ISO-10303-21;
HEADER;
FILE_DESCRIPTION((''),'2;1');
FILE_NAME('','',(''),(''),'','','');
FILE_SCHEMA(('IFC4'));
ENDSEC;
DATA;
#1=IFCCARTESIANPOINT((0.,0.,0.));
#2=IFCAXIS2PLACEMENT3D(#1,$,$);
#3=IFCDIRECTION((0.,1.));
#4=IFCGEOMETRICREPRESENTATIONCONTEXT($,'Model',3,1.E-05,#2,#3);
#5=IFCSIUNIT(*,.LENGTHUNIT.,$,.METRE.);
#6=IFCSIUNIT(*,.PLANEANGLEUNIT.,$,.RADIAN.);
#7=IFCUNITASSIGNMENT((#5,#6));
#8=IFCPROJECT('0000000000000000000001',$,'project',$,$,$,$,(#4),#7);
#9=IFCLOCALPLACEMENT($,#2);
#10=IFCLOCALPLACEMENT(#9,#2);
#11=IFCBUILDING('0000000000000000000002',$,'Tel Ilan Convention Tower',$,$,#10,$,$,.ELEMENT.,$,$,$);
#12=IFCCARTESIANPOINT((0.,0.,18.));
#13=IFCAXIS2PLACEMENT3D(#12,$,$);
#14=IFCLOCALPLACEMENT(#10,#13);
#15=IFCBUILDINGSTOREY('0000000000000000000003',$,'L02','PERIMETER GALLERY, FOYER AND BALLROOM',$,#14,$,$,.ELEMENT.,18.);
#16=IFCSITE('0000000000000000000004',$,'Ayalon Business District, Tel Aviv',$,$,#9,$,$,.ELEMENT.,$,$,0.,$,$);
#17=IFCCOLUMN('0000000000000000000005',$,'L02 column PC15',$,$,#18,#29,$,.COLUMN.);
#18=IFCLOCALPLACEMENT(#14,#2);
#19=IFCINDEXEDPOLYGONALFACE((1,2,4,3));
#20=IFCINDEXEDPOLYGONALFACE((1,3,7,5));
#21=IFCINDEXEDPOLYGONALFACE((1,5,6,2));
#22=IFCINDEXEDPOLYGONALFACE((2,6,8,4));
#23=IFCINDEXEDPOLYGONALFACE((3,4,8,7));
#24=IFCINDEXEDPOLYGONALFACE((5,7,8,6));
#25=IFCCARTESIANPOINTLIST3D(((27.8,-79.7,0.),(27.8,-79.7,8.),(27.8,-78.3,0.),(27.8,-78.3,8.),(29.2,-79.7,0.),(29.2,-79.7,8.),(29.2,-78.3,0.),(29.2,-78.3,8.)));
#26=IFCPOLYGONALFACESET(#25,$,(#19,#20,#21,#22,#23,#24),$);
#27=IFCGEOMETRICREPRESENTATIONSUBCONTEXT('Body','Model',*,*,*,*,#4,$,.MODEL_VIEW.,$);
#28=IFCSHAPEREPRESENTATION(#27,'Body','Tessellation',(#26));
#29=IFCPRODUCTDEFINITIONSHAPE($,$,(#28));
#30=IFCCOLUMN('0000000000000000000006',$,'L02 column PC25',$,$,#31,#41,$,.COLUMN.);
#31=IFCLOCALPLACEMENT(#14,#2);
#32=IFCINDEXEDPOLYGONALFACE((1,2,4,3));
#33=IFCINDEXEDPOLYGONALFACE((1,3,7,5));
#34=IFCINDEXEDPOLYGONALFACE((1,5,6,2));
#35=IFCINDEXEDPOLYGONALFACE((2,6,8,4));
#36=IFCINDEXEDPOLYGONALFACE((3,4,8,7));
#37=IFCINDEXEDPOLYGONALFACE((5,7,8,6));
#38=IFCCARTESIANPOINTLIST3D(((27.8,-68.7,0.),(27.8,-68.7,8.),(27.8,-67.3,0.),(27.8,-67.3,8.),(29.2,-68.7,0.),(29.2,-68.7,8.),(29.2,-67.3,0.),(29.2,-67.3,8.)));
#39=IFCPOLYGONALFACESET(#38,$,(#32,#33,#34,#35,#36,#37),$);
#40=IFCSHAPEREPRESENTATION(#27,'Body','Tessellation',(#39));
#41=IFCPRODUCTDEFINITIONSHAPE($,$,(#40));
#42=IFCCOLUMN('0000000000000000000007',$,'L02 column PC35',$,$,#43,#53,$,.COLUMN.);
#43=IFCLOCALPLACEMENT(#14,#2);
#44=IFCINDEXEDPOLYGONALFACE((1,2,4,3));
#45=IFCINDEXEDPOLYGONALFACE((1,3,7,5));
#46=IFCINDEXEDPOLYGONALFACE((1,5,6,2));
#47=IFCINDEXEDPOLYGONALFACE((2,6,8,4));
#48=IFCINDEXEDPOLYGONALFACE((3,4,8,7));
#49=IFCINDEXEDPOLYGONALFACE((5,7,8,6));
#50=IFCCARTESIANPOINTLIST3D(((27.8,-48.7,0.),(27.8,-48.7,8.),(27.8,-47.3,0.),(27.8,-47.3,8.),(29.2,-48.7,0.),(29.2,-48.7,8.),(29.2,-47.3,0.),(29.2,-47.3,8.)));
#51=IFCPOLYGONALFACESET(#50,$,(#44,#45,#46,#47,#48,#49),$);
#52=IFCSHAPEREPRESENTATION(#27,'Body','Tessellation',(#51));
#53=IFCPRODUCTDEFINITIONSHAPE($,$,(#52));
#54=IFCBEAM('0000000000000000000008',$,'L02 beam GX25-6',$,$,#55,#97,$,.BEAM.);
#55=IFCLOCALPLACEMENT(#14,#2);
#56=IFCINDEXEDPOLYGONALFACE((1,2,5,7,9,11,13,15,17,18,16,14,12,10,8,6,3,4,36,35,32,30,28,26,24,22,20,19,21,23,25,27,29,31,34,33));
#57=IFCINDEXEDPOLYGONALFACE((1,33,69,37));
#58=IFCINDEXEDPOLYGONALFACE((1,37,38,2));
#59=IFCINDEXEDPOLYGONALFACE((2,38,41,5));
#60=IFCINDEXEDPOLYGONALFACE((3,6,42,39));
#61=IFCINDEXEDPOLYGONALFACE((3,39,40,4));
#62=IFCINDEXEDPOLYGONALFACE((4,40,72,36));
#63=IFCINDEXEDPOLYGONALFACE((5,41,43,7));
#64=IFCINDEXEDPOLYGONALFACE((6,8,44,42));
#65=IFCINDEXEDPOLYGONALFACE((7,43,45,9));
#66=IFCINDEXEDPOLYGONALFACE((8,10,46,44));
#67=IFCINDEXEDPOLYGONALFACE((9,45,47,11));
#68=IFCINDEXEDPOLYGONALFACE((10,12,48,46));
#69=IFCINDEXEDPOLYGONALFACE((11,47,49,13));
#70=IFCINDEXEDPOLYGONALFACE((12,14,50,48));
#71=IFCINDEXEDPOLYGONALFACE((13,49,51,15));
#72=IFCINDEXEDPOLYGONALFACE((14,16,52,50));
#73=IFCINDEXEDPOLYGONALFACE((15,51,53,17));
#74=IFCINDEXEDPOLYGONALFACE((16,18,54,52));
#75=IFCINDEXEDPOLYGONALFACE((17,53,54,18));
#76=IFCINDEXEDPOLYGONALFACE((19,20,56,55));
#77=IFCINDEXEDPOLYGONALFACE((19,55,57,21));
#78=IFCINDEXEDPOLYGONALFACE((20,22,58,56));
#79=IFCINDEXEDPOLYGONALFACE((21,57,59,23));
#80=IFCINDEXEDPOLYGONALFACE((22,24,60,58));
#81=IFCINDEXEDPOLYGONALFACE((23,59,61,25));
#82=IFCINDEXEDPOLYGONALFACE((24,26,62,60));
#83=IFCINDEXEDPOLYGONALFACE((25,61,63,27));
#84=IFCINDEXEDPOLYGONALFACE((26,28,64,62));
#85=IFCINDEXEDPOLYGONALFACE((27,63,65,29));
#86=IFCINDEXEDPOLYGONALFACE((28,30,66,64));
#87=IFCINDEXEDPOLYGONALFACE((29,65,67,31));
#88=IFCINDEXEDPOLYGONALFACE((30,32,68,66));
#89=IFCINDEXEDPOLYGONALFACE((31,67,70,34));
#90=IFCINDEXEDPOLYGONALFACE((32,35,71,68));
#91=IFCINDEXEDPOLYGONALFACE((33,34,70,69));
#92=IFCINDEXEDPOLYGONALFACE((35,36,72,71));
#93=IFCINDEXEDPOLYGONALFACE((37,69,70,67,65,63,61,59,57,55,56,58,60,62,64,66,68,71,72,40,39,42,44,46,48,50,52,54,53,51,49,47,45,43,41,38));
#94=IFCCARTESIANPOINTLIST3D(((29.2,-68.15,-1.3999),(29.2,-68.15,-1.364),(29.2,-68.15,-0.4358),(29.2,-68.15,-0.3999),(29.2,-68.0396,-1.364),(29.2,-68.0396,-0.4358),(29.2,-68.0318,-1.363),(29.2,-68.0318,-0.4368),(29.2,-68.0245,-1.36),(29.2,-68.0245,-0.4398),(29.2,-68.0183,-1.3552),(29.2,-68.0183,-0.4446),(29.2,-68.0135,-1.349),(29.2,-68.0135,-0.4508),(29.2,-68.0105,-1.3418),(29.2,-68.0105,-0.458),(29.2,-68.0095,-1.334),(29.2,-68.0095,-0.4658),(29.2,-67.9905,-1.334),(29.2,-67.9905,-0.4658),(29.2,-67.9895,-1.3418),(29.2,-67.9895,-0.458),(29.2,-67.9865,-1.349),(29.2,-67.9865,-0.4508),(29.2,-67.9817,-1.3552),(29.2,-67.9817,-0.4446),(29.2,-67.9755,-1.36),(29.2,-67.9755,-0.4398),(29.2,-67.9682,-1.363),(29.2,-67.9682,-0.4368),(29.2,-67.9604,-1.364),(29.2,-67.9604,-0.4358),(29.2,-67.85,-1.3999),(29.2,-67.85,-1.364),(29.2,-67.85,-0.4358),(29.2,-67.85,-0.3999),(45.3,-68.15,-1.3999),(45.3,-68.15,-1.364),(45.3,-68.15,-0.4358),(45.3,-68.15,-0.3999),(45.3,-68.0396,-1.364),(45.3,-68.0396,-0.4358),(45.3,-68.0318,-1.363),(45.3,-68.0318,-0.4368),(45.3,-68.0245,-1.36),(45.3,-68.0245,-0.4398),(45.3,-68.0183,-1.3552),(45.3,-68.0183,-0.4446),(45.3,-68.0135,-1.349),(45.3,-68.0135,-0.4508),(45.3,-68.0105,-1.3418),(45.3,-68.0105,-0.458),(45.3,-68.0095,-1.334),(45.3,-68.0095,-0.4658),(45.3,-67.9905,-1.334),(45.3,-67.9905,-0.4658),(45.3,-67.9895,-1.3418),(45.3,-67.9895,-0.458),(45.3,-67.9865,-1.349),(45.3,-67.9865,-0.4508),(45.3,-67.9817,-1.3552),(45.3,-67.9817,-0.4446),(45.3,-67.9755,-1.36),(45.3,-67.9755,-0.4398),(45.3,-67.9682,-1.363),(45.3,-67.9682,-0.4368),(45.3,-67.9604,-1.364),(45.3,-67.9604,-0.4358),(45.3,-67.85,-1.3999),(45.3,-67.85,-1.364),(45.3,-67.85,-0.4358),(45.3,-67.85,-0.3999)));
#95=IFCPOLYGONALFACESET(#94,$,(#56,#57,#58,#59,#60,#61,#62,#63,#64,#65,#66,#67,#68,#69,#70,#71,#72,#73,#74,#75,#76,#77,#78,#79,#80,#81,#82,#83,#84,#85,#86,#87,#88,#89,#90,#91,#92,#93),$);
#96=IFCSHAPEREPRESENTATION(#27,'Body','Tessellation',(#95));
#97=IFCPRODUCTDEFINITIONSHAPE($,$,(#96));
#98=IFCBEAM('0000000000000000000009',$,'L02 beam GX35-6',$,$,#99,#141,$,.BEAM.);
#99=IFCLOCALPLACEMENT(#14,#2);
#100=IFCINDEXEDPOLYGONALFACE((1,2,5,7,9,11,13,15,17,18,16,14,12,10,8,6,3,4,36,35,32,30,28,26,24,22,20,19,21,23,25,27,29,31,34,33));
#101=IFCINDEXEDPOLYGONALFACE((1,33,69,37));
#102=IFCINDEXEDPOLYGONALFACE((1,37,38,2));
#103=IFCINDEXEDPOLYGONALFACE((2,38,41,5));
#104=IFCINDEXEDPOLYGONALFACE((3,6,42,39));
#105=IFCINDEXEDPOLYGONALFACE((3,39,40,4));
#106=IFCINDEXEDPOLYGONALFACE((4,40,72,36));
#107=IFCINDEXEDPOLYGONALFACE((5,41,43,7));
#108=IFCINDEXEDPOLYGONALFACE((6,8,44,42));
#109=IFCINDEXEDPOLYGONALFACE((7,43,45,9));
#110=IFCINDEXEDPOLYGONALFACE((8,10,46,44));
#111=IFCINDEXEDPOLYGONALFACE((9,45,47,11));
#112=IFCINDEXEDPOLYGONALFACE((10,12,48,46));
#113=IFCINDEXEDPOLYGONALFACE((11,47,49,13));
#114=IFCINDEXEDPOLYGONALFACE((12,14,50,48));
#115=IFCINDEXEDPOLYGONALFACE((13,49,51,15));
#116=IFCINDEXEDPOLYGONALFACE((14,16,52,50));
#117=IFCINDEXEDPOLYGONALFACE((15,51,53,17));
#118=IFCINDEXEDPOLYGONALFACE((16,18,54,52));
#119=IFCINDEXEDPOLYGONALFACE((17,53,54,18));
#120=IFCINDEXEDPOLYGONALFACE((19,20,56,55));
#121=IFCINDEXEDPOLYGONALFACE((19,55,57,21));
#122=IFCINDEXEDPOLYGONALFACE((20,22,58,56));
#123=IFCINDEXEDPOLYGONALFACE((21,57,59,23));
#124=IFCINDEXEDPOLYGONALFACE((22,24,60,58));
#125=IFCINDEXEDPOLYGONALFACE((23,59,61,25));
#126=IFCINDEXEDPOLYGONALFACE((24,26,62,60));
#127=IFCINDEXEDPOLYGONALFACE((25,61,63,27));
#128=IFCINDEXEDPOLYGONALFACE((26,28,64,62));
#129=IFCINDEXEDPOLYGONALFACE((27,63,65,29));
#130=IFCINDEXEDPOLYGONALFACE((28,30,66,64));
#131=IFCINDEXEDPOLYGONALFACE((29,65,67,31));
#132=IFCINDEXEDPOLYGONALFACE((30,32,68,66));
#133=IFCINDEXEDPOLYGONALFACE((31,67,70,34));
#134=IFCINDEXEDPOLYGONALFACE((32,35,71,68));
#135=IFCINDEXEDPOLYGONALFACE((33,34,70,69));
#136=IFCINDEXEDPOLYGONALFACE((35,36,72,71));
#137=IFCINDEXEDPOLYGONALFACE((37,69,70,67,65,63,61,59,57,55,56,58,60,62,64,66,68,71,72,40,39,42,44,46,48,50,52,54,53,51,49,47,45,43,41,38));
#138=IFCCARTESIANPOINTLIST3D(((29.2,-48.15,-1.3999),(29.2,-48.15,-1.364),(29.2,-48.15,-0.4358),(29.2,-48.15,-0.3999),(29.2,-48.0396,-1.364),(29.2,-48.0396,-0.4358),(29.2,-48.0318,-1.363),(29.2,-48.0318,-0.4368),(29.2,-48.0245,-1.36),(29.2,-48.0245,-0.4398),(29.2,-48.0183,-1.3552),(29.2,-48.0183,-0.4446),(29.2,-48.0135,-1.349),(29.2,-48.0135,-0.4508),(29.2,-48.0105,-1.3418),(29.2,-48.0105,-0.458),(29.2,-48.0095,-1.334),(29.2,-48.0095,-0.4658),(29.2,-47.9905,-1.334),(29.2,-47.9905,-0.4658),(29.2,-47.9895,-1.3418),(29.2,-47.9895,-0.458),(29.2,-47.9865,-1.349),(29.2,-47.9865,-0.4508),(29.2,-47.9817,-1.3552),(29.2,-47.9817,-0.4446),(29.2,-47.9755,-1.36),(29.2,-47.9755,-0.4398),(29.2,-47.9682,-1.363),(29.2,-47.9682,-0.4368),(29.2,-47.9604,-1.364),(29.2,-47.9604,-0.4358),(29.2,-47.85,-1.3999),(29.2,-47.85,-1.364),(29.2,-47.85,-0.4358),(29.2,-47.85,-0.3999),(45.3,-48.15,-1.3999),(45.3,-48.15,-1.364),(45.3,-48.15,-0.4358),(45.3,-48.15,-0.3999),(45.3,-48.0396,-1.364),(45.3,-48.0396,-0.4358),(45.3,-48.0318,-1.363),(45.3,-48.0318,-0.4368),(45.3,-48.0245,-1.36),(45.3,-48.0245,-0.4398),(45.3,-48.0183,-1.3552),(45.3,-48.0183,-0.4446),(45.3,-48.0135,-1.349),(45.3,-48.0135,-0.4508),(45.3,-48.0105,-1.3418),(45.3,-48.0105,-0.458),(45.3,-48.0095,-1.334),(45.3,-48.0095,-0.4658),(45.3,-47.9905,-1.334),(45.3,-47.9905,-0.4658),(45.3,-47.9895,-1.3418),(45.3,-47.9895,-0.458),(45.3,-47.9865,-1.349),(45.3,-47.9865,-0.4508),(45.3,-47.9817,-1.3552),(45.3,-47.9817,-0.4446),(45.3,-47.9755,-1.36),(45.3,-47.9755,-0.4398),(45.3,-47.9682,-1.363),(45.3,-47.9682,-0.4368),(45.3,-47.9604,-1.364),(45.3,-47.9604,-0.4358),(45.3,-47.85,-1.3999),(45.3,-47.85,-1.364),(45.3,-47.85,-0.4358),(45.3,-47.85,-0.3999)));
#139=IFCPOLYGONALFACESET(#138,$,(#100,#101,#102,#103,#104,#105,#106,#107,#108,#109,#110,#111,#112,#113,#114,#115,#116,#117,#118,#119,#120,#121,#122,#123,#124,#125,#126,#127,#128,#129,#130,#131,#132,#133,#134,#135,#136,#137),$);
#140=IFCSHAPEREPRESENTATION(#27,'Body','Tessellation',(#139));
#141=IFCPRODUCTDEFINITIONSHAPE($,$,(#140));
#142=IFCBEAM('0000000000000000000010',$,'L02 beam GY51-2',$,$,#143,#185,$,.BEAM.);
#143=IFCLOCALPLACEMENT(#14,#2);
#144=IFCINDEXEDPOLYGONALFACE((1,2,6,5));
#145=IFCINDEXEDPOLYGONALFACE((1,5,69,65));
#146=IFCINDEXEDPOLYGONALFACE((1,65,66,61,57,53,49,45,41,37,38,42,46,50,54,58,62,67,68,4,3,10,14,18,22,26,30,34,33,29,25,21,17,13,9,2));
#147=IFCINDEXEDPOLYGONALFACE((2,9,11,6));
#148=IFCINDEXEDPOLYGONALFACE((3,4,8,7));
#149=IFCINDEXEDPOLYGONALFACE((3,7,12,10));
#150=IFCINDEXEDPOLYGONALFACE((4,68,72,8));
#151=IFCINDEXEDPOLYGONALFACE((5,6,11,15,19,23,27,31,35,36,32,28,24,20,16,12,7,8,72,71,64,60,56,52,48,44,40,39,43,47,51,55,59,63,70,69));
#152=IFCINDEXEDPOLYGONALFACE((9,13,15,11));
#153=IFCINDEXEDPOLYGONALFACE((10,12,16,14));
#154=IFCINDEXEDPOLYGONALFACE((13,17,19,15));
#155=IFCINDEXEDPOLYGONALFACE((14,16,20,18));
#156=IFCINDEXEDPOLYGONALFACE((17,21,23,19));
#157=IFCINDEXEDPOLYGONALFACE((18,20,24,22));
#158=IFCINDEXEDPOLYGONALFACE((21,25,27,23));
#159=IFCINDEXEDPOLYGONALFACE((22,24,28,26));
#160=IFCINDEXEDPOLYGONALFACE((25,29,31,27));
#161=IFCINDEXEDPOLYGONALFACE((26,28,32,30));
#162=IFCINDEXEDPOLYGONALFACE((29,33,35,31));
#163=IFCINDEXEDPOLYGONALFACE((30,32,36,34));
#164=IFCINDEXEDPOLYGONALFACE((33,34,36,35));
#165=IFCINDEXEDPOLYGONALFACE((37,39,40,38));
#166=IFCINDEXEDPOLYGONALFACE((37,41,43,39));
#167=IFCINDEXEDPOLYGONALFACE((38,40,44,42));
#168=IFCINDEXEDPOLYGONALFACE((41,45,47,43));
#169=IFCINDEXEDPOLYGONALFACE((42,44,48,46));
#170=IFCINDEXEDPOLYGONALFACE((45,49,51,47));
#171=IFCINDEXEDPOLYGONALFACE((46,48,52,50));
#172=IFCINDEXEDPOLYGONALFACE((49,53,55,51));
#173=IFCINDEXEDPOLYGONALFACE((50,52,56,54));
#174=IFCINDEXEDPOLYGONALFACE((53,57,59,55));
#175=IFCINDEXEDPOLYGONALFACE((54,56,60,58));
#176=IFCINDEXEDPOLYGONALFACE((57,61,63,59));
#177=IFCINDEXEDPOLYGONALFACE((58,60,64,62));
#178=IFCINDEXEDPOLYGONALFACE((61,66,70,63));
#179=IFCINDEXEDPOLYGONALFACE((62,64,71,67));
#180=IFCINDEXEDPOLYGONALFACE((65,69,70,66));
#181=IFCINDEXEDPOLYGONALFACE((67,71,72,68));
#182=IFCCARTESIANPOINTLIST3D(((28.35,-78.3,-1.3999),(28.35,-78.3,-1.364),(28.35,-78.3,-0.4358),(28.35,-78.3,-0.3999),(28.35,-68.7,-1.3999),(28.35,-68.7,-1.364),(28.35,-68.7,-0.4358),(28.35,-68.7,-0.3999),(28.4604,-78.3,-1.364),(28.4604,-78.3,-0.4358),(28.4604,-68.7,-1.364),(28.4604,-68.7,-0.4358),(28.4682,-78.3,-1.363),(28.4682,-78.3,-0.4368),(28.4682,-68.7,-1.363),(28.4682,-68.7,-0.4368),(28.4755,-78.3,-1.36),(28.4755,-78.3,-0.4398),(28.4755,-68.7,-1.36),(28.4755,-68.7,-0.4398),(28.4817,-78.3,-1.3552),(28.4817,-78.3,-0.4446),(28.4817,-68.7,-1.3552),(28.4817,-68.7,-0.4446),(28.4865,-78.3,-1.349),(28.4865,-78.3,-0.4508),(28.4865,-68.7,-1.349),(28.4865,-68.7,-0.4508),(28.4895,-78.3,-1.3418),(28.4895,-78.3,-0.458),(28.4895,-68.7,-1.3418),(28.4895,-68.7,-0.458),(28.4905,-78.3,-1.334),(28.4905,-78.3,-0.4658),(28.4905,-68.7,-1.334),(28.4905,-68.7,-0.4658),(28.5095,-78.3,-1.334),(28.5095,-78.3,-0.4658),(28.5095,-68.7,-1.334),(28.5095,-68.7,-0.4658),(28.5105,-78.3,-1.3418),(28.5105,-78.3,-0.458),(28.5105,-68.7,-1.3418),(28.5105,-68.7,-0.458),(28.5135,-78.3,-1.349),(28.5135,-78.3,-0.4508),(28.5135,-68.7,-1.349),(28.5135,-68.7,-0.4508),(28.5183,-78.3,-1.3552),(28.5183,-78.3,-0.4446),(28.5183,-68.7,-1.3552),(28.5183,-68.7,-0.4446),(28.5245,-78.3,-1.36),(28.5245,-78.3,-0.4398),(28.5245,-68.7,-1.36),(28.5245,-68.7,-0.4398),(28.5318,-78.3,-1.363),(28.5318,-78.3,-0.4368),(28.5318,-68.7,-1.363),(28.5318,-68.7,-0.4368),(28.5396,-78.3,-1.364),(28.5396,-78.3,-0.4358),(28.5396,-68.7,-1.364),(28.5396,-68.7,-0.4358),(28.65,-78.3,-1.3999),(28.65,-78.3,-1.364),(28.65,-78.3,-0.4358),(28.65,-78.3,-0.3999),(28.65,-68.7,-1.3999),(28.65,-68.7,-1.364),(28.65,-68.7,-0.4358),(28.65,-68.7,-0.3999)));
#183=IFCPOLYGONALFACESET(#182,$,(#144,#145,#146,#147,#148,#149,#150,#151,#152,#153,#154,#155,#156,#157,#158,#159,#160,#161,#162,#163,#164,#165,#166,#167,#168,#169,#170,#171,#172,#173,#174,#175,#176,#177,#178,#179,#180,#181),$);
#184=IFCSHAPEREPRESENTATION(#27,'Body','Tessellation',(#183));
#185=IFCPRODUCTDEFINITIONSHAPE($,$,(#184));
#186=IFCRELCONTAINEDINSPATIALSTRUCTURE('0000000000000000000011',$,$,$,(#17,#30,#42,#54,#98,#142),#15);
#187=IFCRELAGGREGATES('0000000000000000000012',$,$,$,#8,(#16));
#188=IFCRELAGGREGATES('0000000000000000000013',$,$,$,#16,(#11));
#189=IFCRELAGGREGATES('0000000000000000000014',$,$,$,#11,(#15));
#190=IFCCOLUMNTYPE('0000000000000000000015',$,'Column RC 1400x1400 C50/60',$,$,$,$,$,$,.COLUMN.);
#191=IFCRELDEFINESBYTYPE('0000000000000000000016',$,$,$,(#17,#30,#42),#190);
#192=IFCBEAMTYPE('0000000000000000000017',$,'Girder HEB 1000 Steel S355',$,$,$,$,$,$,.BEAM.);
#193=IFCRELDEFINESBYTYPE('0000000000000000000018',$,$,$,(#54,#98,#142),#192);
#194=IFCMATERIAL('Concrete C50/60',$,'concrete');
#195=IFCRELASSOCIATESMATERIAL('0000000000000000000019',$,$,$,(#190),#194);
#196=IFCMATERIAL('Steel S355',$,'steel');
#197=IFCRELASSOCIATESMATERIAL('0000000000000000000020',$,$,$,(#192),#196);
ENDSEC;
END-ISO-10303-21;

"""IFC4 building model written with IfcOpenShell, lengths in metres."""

from ifc_helpers import new_model, si_unit, direction, frame, origin, origin_2d, place, context, subcontext, project, spatial, rectangle, i_section, extrude, material, material_profile, profile_set, type_object, element, save


model = new_model("IFC4")

# Units and contexts
model_context = context("Model", 3, precision=1e-05, world=origin(), true_north=direction((0.0, 1.0)))
body_context = subcontext(model_context, "Body", "Model", "MODEL_VIEW")
ifc_project = project(units=[si_unit("LENGTHUNIT", "METRE"), si_unit("PLANEANGLEUNIT", "RADIAN")], contexts=[model_context])

# Site, building, storey
site_placement = place(None, origin())
site = spatial("IfcSite", under=ifc_project, at=site_placement, Name="Ayalon Business District, Tel Aviv", CompositionType="ELEMENT", RefElevation=0.0)
building_placement = place(site_placement, origin())
building = spatial("IfcBuilding", under=site, at=building_placement, Name="Tel Ilan Convention Tower", CompositionType="ELEMENT")
storey_placement = place(building_placement, frame((0.0, 0.0, 18.0)))
storey = spatial("IfcBuildingStorey", under=building, at=storey_placement, Name="L02", Description="PERIMETER GALLERY, FOYER AND BALLROOM", CompositionType="ELEMENT", Elevation=18.0)

# Columns
ifc_material_1 = material(Name="Concrete C50/60", Category="concrete")
ifc_material_profile_1 = material_profile(ifc_material_1, rectangle(XDim=1.3999, YDim=1.3999, at=origin_2d()), Name="RC 1400x1400")
ifc_profile_set_1 = profile_set([ifc_material_profile_1], Name="Concrete C50/60")
column_type = type_object("IfcColumnType", Name="Column RC 1400x1400 C50/60", PredefinedType="COLUMN", material=ifc_profile_set_1)
for number, where, z_axis, x_axis, name in (
    (1, (28.5, -79.0, 0.0), (0.0, 0.0, 1.0), (1.0, 0.0, 0.0), "L02 column PC15"),
    (2, (28.5, -68.0, 0.0), (0.0, 0.0, 1.0), (1.0, 0.0, 0.0), "L02 column PC25"),
    (3, (28.5, -48.0, 0.0), (0.0, 0.0, 1.0), (1.0, 0.0, 0.0), "L02 column PC35"),
):
    element("IfcColumn", number, at=place(storey_placement, frame(where, z_axis=z_axis, x_axis=x_axis)), inside=storey, type_object=column_type, Name=name, PredefinedType="COLUMN", context=body_context, shape_type="SweptSolid", body=[
        extrude(rectangle(XDim=1.3999, YDim=1.3999, at=origin_2d()), origin(), (0.0, 0.0, 1.0), 8.0),
    ])

# Beams
ifc_material_2 = material(Name="Steel S355", Category="steel")
ifc_material_profile_2 = material_profile(ifc_material_2, i_section(OverallWidth=0.3, OverallDepth=1.0, WebThickness=0.019, FlangeThickness=0.0359, FilletRadius=0.03, at=origin_2d()), Name="HEB 1000")
ifc_profile_set_2 = profile_set([ifc_material_profile_2], Name="Steel S355")
beam_type_1 = type_object("IfcBeamType", Name="Girder HEB 1000 Steel S355", PredefinedType="BEAM", material=ifc_profile_set_2)
for number, where, z_axis, x_axis, name in (
    (4, (29.2, -68.0, -0.8999), (1.0, 0.0, 0.0), (0.0, 1.0, 0.0), "L02 beam GX25-6"),
    (5, (29.2, -48.0, -0.8999), (1.0, 0.0, 0.0), (0.0, 1.0, 0.0), "L02 beam GX35-6"),
):
    element("IfcBeam", number, at=place(storey_placement, frame(where, z_axis=z_axis, x_axis=x_axis)), inside=storey, type_object=beam_type_1, Name=name, PredefinedType="BEAM", context=body_context, shape_type="SweptSolid", body=[
        extrude(i_section(OverallWidth=0.3, OverallDepth=1.0, WebThickness=0.019, FlangeThickness=0.0359, FilletRadius=0.03, at=origin_2d()), origin(), (0.0, 0.0, 1.0), 16.1001),
    ])
beam_1_placement = place(storey_placement, frame((28.5, -78.3, -0.8999), z_axis=(0.0, 1.0, 0.0), x_axis=(-1.0, 0.0, 0.0)))
element("IfcBeam", 6, at=beam_1_placement, inside=storey, type_object=beam_type_1, Name="L02 beam GY51-2", PredefinedType="BEAM", context=body_context, shape_type="SweptSolid", body=[
    extrude(i_section(OverallWidth=0.3, OverallDepth=1.0, WebThickness=0.019, FlangeThickness=0.0359, FilletRadius=0.03, at=origin_2d()), origin(), (0.0, 0.0, 1.0), 9.6001),
])

save(model, "model.ifc")
